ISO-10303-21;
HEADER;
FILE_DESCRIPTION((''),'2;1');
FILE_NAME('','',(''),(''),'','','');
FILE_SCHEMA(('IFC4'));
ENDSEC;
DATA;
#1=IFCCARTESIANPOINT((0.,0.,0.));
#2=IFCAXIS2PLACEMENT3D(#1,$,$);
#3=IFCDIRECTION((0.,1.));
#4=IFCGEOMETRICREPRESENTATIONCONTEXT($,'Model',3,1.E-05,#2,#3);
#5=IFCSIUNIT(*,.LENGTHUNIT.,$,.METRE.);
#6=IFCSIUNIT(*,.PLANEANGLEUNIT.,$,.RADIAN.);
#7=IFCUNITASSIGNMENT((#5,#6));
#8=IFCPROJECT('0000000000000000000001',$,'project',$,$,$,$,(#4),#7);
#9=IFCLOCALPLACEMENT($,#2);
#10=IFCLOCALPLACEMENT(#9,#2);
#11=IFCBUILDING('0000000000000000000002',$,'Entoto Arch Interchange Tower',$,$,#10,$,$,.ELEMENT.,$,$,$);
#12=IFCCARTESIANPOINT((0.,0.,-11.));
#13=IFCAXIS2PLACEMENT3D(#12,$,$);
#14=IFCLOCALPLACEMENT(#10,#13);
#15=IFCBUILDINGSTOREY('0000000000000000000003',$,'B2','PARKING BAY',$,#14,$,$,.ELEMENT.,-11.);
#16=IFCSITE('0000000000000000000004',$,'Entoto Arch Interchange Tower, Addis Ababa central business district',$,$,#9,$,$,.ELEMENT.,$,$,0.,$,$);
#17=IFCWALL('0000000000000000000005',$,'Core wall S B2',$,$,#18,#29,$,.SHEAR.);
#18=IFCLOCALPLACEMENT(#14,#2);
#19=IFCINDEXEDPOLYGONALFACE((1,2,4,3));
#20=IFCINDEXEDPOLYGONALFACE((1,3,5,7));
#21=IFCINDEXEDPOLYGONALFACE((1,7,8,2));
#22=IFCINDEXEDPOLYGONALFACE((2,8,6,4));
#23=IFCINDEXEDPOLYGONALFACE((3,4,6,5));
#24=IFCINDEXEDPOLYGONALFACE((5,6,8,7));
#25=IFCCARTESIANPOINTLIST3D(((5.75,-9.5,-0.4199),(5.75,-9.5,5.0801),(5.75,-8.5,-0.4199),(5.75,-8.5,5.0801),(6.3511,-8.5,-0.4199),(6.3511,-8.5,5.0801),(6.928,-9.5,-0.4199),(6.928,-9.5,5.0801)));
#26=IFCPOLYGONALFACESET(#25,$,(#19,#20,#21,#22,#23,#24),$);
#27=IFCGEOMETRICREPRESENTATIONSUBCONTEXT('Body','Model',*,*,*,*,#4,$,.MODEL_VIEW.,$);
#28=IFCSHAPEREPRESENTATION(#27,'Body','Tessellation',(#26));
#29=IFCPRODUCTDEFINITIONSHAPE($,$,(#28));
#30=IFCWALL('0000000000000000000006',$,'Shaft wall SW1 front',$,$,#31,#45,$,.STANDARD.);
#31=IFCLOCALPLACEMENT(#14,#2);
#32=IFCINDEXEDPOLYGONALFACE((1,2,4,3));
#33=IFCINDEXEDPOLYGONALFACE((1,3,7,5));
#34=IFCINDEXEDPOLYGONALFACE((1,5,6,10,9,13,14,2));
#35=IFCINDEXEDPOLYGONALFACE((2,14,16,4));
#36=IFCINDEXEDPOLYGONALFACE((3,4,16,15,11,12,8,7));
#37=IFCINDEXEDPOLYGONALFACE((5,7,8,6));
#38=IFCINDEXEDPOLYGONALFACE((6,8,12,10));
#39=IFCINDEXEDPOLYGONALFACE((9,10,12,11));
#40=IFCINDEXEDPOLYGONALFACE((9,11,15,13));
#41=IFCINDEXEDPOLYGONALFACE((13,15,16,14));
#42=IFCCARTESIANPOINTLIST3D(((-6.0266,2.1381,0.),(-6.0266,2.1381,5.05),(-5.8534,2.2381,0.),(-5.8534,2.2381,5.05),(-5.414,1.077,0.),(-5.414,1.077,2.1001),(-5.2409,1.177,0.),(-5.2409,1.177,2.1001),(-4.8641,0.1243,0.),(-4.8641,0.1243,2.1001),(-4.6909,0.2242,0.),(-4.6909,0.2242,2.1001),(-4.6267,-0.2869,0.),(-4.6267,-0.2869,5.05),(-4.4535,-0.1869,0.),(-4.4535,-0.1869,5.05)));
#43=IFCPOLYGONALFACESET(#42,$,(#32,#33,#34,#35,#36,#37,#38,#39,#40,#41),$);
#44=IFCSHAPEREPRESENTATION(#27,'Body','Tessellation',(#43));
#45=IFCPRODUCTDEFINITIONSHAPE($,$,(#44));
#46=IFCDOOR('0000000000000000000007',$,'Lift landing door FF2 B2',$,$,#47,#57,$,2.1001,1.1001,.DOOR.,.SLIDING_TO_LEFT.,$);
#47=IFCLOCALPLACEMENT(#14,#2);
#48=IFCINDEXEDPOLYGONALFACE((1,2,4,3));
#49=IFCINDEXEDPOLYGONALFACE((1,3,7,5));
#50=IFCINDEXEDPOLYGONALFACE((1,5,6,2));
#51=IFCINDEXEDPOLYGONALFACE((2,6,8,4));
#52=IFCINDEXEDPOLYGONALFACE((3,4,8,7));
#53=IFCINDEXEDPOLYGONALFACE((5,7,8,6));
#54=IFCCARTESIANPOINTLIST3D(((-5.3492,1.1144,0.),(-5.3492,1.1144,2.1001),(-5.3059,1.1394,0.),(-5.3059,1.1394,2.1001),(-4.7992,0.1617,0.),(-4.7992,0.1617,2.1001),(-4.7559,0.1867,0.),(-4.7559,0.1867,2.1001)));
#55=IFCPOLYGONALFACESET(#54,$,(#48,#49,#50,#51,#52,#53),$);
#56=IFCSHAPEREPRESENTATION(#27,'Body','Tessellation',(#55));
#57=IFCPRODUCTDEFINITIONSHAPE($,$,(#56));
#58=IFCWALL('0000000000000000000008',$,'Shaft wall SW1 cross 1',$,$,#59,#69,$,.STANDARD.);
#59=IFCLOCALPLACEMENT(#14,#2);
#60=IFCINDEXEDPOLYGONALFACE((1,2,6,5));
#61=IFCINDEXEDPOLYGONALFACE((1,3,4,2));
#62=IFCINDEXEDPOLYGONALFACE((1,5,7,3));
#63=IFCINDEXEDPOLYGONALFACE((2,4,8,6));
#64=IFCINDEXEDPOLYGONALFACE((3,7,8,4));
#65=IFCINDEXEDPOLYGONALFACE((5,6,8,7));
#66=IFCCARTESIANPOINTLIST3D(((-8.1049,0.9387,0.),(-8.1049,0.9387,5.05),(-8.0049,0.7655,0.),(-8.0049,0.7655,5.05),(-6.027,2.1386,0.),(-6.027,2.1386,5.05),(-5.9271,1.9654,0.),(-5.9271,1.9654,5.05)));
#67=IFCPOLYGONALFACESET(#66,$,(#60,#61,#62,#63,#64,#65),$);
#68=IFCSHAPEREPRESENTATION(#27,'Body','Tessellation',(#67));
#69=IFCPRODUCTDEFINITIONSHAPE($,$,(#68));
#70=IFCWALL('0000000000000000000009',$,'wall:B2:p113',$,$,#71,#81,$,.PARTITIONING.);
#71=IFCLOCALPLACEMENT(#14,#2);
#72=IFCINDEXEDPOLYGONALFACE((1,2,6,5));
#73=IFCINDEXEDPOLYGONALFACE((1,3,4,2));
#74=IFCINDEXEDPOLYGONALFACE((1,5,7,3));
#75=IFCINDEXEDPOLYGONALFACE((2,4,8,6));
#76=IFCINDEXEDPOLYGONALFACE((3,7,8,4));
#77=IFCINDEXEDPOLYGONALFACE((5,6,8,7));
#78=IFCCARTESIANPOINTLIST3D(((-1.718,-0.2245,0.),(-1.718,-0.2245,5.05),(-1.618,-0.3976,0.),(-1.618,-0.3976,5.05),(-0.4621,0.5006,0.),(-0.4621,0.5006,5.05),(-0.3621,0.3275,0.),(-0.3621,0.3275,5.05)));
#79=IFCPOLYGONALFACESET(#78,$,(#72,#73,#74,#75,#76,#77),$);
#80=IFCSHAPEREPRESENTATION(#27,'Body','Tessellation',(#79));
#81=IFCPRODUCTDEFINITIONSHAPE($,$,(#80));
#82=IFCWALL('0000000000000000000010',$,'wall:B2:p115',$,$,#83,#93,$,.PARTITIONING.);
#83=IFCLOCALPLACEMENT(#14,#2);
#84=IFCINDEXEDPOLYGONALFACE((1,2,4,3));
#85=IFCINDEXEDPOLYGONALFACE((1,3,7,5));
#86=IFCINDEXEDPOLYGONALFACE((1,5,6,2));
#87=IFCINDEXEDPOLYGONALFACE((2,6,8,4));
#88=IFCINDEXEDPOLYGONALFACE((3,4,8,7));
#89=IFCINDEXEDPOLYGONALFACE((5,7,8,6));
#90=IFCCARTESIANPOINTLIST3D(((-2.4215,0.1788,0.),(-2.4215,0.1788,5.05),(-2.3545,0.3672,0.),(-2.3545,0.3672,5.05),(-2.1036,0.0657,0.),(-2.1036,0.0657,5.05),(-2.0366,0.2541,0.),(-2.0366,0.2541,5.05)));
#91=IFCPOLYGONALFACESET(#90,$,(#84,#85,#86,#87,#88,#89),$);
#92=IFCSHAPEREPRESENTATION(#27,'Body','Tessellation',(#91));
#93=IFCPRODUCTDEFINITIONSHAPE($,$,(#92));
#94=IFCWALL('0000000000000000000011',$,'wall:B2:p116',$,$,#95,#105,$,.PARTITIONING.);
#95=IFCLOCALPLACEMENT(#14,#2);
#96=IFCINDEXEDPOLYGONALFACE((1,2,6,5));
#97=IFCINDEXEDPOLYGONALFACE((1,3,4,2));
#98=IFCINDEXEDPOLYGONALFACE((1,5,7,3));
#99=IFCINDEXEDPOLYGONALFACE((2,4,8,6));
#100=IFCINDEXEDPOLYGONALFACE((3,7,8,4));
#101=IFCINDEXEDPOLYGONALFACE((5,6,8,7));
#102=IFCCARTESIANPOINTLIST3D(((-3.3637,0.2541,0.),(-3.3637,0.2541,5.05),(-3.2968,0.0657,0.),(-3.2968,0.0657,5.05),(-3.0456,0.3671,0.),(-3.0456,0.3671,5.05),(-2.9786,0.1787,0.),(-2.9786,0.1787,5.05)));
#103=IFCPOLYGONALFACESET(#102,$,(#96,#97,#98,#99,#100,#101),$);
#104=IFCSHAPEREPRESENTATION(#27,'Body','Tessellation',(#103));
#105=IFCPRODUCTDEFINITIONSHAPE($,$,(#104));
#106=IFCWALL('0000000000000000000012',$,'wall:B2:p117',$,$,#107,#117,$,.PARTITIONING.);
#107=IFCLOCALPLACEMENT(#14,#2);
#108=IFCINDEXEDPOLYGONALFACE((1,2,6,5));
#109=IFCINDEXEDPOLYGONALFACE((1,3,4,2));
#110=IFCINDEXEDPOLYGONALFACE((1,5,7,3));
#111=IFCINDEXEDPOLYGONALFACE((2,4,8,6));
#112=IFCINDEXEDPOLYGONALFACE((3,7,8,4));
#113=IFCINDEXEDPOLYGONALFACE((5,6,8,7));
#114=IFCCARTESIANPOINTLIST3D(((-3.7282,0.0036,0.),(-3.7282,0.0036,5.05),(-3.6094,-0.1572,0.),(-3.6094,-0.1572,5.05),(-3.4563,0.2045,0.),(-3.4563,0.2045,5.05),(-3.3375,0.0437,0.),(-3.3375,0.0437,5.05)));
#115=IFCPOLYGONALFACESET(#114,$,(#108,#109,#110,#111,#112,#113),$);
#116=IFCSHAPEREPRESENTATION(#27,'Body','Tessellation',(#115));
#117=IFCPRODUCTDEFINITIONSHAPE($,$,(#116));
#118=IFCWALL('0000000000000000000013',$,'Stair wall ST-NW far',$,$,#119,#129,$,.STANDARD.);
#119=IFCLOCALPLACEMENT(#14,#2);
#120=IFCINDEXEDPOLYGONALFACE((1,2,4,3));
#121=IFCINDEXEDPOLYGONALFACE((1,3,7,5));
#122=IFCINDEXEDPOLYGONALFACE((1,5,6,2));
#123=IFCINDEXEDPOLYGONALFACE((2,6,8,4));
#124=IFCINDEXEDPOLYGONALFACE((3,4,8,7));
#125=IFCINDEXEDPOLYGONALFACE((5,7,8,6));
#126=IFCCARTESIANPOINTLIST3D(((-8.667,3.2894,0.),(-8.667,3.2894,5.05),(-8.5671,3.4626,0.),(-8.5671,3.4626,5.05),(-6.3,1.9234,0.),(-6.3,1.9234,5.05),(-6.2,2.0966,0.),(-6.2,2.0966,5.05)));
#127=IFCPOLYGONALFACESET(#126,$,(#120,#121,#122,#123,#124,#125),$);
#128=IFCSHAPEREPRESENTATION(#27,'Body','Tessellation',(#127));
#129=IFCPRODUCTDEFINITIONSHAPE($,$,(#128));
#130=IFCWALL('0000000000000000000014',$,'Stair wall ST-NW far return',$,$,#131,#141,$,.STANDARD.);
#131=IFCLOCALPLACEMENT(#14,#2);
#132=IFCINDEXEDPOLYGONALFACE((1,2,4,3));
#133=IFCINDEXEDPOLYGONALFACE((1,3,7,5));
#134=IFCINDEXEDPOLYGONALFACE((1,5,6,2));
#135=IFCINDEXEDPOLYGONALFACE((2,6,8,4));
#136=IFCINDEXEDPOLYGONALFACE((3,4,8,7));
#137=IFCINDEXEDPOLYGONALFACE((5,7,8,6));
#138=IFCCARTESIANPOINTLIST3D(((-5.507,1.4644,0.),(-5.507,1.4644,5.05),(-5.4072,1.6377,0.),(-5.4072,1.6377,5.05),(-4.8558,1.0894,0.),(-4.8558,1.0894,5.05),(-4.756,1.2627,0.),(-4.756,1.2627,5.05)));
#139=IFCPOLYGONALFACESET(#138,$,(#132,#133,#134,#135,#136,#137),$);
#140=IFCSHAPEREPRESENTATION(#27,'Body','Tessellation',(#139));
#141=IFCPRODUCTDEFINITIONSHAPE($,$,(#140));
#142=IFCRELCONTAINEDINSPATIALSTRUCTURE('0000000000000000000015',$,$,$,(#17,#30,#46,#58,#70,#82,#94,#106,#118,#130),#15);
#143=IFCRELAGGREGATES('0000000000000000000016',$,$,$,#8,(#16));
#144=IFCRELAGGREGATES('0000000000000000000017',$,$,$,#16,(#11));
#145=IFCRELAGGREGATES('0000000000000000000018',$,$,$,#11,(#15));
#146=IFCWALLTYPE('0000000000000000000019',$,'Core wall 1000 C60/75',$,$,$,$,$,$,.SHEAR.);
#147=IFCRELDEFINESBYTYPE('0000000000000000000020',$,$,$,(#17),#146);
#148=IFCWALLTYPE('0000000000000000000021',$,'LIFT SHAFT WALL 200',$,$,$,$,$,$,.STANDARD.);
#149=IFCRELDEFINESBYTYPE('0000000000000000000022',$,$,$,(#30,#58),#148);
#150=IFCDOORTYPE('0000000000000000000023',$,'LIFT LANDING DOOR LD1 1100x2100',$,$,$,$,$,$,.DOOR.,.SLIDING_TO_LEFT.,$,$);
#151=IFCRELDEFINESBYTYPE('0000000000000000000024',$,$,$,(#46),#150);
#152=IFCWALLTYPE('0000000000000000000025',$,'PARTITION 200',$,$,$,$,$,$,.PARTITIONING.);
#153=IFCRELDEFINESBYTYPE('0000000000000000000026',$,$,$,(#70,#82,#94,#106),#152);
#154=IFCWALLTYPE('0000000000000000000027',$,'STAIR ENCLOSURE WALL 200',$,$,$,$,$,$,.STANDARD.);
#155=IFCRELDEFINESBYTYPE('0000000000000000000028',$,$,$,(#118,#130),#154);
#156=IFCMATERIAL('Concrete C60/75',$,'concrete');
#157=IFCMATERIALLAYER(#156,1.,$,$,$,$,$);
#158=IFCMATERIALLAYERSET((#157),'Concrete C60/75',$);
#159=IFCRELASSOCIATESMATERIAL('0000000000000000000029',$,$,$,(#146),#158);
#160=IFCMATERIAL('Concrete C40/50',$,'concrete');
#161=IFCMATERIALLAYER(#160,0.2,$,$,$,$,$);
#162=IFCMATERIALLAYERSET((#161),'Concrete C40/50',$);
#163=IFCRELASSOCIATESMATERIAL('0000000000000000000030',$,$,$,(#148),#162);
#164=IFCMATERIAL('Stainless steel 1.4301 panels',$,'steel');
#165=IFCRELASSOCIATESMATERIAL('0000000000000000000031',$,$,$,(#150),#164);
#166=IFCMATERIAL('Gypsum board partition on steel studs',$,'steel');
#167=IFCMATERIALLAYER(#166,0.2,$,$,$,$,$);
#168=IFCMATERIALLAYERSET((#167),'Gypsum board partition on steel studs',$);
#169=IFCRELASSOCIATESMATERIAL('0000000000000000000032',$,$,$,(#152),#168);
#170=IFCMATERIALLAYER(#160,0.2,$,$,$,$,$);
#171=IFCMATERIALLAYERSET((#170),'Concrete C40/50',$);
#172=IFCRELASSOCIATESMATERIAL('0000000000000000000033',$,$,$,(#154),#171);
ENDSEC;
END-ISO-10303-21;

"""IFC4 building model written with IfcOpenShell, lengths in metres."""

from ifc_helpers import new_model, si_unit, direction, frame, frame_2d, origin, place, context, subcontext, project, spatial, polyline, rectangle, outline, extrude, material, layer, layer_set, type_object, element, fill, save


model = new_model("IFC4")

# Units and contexts
model_context = context("Model", 3, precision=1e-05, world=origin(), true_north=direction((0.0, 1.0)))
body_context = subcontext(model_context, "Body", "Model", "MODEL_VIEW")
ifc_project = project(units=[si_unit("LENGTHUNIT", "METRE"), si_unit("PLANEANGLEUNIT", "RADIAN")], contexts=[model_context])

# Site, building, storey
site_placement = place(None, origin())
site = spatial("IfcSite", under=ifc_project, at=site_placement, Name="Entoto Arch Interchange Tower, Addis Ababa central business district", CompositionType="ELEMENT", RefElevation=0.0)
building_placement = place(site_placement, origin())
building = spatial("IfcBuilding", under=site, at=building_placement, Name="Entoto Arch Interchange Tower", CompositionType="ELEMENT")
storey_placement = place(building_placement, frame((0.0, 0.0, -11.0)))
storey = spatial("IfcBuildingStorey", under=building, at=storey_placement, Name="B2", Description="PARKING BAY", CompositionType="ELEMENT", Elevation=-11.0)

# Shared definitions
ifc_material_1 = material(Name="Concrete C40/50", Category="concrete")

# Wall
ifc_material_2 = material(Name="Concrete C60/75", Category="concrete")
ifc_layer_1 = layer(ifc_material_2, 1.0)
ifc_layer_set_1 = layer_set([ifc_layer_1], Name="Concrete C60/75")
wall_type_1 = type_object("IfcWallType", Name="Core wall 1000 C60/75", PredefinedType="SHEAR", material=ifc_layer_set_1)
wall_1_placement = place(storey_placement, frame((0.0, 0.0, -0.4199)))
element("IfcWall", 1, at=wall_1_placement, inside=storey, type_object=wall_type_1, Name="Core wall S B2", PredefinedType="SHEAR", context=body_context, shape_type="SweptSolid", body=[
    extrude(outline(polyline([(5.75, -8.5), (5.75, -9.5), (6.928, -9.5), (6.3511, -8.5), (5.75, -8.5)])), origin(), (0.0, 0.0, 1.0), 5.5),
])

# Wall, opening, door
ifc_layer_2 = layer(ifc_material_1, 0.2)
ifc_layer_set_2 = layer_set([ifc_layer_2], Name="Concrete C40/50")
wall_type_2 = type_object("IfcWallType", Name="LIFT SHAFT WALL 200", PredefinedType="STANDARD", material=ifc_layer_set_2)
wall_2_placement = place(storey_placement, frame((-5.9399, 2.188, 0.0), z_axis=(0.0, 0.0, 1.0), x_axis=(0.499946, -0.866056, 0.0)))
wall_2 = element("IfcWall", 2, at=wall_2_placement, inside=storey, type_object=wall_type_2, Name="Shaft wall SW1 front", PredefinedType="STANDARD", context=body_context, shape_type="SweptSolid", body=[
    extrude(rectangle(XDim=2.8, YDim=0.2, at=frame_2d((1.3999, 0.0))), origin(), (0.0, 0.0, 1.0), 5.05),
])
opening_placement = place(wall_2_placement, frame((1.2251, 0.0, 0.0)))
opening = element("IfcOpeningElement", 3, at=opening_placement, cuts=wall_2, PredefinedType="OPENING", context=body_context, shape_type="SweptSolid", body=[
    extrude(rectangle(XDim=1.1001, YDim=2.1001, at=frame_2d((0.55, 1.05))), frame((0.0, 0.1099, 0.0), z_axis=(0.0, -1.0, 0.0), x_axis=(1.0, 0.0, 0.0)), (0.0, 0.0, 1.0), 0.22),
])
ifc_material_3 = material(Name="Stainless steel 1.4301 panels", Category="steel")
door_type = type_object("IfcDoorType", Name="LIFT LANDING DOOR LD1 1100x2100", OperationType="SLIDING_TO_LEFT", PredefinedType="DOOR", material=ifc_material_3)
door_placement = place(opening_placement, origin())
door = element("IfcDoor", 4, at=door_placement, inside=storey, type_object=door_type, Name="Lift landing door FF2 B2", OperationType="SLIDING_TO_LEFT", OverallHeight=2.1001, OverallWidth=1.1001, PredefinedType="DOOR", context=body_context, shape_type="SweptSolid", body=[
    extrude(rectangle(XDim=1.1001, YDim=2.1001, at=frame_2d((0.55, 1.05))), frame((0.0, 0.0249, 0.0), z_axis=(0.0, -1.0, 0.0), x_axis=(1.0, 0.0, 0.0)), (0.0, 0.0, 1.0), 0.05),
])
fill(opening, door)

# Walls
wall_3_placement = place(storey_placement, frame((-5.9771, 2.052, 0.0), z_axis=(0.0, 0.0, 1.0), x_axis=(-0.865974, -0.500089, 0.0)))
element("IfcWall", 5, at=wall_3_placement, inside=storey, type_object=wall_type_2, Name="Shaft wall SW1 cross 1", PredefinedType="STANDARD", context=body_context, shape_type="SweptSolid", body=[
    extrude(rectangle(XDim=2.3994, YDim=0.2, at=frame_2d((1.1997, 0.0))), origin(), (0.0, 0.0, 1.0), 5.05),
])
ifc_material_4 = material(Name="Gypsum board partition on steel studs", Category="steel")
ifc_layer_3 = layer(ifc_material_4, 0.2)
ifc_layer_set_3 = layer_set([ifc_layer_3], Name="Gypsum board partition on steel studs")
wall_type_3 = type_object("IfcWallType", Name="PARTITION 200", PredefinedType="PARTITIONING", material=ifc_layer_set_3)
wall_4_placement = place(storey_placement, frame((-0.4121, 0.4141, 0.0), z_axis=(0.0, 0.0, 1.0), x_axis=(-0.866017, -0.500014, 0.0)))
element("IfcWall", 6, at=wall_4_placement, inside=storey, type_object=wall_type_3, Name="wall:B2:p113", PredefinedType="PARTITIONING", context=body_context, shape_type="SweptSolid", body=[
    extrude(rectangle(XDim=1.4502, YDim=0.2, at=frame_2d((0.7251, 0.0))), origin(), (0.0, 0.0, 1.0), 5.05),
])
wall_5_placement = place(storey_placement, frame((-2.0701, 0.1599, 0.0), z_axis=(0.0, 0.0, 1.0), x_axis=(-0.942199, 0.335052, 0.0)))
element("IfcWall", 7, at=wall_5_placement, inside=storey, type_object=wall_type_3, Name="wall:B2:p115", PredefinedType="PARTITIONING", context=body_context, shape_type="SweptSolid", body=[
    extrude(rectangle(XDim=0.3374, YDim=0.2, at=frame_2d((0.1687, 0.0))), origin(), (0.0, 0.0, 1.0), 5.05),
])
wall_6_placement = place(storey_placement, frame((-3.012, 0.2729, 0.0), z_axis=(0.0, 0.0, 1.0), x_axis=(-0.942281, -0.334824, 0.0)))
element("IfcWall", 8, at=wall_6_placement, inside=storey, type_object=wall_type_3, Name="wall:B2:p116", PredefinedType="PARTITIONING", context=body_context, shape_type="SweptSolid", body=[
    extrude(rectangle(XDim=0.3376, YDim=0.2, at=frame_2d((0.1689, 0.0))), origin(), (0.0, 0.0, 1.0), 5.05),
])
wall_7_placement = place(storey_placement, frame((-3.397, 0.124, 0.0), z_axis=(0.0, 0.0, 1.0), x_axis=(-0.804311, -0.594208, 0.0)))
element("IfcWall", 9, at=wall_7_placement, inside=storey, type_object=wall_type_3, Name="wall:B2:p117", PredefinedType="PARTITIONING", context=body_context, shape_type="SweptSolid", body=[
    extrude(rectangle(XDim=0.3381, YDim=0.2, at=frame_2d((0.1689, 0.0))), origin(), (0.0, 0.0, 1.0), 5.05),
])
ifc_layer_4 = layer(ifc_material_1, 0.2)
ifc_layer_set_4 = layer_set([ifc_layer_4], Name="Concrete C40/50")
wall_type_4 = type_object("IfcWallType", Name="STAIR ENCLOSURE WALL 200", PredefinedType="STANDARD", material=ifc_layer_set_4)
wall_8_placement = place(storey_placement, frame((-6.25, 2.01, 0.0), z_axis=(0.0, 0.0, 1.0), x_axis=(-0.866119, 0.499838, 0.0)))
element("IfcWall", 10, at=wall_8_placement, inside=storey, type_object=wall_type_4, Name="Stair wall ST-NW far", PredefinedType="STANDARD", context=body_context, shape_type="SweptSolid", body=[
    extrude(rectangle(XDim=2.7329, YDim=0.2, at=frame_2d((1.3665, 0.0))), origin(), (0.0, 0.0, 1.0), 5.05),
])
wall_9_placement = place(storey_placement, frame((-4.8059, 1.176, 0.0), z_axis=(0.0, 0.0, 1.0), x_axis=(-0.866559, 0.499075, 0.0)))
element("IfcWall", 11, at=wall_9_placement, inside=storey, type_object=wall_type_4, Name="Stair wall ST-NW far return", PredefinedType="STANDARD", context=body_context, shape_type="SweptSolid", body=[
    extrude(rectangle(XDim=0.7515, YDim=0.2, at=frame_2d((0.3757, 0.0))), origin(), (0.0, 0.0, 1.0), 5.05),
])

save(model, "model.ifc")
